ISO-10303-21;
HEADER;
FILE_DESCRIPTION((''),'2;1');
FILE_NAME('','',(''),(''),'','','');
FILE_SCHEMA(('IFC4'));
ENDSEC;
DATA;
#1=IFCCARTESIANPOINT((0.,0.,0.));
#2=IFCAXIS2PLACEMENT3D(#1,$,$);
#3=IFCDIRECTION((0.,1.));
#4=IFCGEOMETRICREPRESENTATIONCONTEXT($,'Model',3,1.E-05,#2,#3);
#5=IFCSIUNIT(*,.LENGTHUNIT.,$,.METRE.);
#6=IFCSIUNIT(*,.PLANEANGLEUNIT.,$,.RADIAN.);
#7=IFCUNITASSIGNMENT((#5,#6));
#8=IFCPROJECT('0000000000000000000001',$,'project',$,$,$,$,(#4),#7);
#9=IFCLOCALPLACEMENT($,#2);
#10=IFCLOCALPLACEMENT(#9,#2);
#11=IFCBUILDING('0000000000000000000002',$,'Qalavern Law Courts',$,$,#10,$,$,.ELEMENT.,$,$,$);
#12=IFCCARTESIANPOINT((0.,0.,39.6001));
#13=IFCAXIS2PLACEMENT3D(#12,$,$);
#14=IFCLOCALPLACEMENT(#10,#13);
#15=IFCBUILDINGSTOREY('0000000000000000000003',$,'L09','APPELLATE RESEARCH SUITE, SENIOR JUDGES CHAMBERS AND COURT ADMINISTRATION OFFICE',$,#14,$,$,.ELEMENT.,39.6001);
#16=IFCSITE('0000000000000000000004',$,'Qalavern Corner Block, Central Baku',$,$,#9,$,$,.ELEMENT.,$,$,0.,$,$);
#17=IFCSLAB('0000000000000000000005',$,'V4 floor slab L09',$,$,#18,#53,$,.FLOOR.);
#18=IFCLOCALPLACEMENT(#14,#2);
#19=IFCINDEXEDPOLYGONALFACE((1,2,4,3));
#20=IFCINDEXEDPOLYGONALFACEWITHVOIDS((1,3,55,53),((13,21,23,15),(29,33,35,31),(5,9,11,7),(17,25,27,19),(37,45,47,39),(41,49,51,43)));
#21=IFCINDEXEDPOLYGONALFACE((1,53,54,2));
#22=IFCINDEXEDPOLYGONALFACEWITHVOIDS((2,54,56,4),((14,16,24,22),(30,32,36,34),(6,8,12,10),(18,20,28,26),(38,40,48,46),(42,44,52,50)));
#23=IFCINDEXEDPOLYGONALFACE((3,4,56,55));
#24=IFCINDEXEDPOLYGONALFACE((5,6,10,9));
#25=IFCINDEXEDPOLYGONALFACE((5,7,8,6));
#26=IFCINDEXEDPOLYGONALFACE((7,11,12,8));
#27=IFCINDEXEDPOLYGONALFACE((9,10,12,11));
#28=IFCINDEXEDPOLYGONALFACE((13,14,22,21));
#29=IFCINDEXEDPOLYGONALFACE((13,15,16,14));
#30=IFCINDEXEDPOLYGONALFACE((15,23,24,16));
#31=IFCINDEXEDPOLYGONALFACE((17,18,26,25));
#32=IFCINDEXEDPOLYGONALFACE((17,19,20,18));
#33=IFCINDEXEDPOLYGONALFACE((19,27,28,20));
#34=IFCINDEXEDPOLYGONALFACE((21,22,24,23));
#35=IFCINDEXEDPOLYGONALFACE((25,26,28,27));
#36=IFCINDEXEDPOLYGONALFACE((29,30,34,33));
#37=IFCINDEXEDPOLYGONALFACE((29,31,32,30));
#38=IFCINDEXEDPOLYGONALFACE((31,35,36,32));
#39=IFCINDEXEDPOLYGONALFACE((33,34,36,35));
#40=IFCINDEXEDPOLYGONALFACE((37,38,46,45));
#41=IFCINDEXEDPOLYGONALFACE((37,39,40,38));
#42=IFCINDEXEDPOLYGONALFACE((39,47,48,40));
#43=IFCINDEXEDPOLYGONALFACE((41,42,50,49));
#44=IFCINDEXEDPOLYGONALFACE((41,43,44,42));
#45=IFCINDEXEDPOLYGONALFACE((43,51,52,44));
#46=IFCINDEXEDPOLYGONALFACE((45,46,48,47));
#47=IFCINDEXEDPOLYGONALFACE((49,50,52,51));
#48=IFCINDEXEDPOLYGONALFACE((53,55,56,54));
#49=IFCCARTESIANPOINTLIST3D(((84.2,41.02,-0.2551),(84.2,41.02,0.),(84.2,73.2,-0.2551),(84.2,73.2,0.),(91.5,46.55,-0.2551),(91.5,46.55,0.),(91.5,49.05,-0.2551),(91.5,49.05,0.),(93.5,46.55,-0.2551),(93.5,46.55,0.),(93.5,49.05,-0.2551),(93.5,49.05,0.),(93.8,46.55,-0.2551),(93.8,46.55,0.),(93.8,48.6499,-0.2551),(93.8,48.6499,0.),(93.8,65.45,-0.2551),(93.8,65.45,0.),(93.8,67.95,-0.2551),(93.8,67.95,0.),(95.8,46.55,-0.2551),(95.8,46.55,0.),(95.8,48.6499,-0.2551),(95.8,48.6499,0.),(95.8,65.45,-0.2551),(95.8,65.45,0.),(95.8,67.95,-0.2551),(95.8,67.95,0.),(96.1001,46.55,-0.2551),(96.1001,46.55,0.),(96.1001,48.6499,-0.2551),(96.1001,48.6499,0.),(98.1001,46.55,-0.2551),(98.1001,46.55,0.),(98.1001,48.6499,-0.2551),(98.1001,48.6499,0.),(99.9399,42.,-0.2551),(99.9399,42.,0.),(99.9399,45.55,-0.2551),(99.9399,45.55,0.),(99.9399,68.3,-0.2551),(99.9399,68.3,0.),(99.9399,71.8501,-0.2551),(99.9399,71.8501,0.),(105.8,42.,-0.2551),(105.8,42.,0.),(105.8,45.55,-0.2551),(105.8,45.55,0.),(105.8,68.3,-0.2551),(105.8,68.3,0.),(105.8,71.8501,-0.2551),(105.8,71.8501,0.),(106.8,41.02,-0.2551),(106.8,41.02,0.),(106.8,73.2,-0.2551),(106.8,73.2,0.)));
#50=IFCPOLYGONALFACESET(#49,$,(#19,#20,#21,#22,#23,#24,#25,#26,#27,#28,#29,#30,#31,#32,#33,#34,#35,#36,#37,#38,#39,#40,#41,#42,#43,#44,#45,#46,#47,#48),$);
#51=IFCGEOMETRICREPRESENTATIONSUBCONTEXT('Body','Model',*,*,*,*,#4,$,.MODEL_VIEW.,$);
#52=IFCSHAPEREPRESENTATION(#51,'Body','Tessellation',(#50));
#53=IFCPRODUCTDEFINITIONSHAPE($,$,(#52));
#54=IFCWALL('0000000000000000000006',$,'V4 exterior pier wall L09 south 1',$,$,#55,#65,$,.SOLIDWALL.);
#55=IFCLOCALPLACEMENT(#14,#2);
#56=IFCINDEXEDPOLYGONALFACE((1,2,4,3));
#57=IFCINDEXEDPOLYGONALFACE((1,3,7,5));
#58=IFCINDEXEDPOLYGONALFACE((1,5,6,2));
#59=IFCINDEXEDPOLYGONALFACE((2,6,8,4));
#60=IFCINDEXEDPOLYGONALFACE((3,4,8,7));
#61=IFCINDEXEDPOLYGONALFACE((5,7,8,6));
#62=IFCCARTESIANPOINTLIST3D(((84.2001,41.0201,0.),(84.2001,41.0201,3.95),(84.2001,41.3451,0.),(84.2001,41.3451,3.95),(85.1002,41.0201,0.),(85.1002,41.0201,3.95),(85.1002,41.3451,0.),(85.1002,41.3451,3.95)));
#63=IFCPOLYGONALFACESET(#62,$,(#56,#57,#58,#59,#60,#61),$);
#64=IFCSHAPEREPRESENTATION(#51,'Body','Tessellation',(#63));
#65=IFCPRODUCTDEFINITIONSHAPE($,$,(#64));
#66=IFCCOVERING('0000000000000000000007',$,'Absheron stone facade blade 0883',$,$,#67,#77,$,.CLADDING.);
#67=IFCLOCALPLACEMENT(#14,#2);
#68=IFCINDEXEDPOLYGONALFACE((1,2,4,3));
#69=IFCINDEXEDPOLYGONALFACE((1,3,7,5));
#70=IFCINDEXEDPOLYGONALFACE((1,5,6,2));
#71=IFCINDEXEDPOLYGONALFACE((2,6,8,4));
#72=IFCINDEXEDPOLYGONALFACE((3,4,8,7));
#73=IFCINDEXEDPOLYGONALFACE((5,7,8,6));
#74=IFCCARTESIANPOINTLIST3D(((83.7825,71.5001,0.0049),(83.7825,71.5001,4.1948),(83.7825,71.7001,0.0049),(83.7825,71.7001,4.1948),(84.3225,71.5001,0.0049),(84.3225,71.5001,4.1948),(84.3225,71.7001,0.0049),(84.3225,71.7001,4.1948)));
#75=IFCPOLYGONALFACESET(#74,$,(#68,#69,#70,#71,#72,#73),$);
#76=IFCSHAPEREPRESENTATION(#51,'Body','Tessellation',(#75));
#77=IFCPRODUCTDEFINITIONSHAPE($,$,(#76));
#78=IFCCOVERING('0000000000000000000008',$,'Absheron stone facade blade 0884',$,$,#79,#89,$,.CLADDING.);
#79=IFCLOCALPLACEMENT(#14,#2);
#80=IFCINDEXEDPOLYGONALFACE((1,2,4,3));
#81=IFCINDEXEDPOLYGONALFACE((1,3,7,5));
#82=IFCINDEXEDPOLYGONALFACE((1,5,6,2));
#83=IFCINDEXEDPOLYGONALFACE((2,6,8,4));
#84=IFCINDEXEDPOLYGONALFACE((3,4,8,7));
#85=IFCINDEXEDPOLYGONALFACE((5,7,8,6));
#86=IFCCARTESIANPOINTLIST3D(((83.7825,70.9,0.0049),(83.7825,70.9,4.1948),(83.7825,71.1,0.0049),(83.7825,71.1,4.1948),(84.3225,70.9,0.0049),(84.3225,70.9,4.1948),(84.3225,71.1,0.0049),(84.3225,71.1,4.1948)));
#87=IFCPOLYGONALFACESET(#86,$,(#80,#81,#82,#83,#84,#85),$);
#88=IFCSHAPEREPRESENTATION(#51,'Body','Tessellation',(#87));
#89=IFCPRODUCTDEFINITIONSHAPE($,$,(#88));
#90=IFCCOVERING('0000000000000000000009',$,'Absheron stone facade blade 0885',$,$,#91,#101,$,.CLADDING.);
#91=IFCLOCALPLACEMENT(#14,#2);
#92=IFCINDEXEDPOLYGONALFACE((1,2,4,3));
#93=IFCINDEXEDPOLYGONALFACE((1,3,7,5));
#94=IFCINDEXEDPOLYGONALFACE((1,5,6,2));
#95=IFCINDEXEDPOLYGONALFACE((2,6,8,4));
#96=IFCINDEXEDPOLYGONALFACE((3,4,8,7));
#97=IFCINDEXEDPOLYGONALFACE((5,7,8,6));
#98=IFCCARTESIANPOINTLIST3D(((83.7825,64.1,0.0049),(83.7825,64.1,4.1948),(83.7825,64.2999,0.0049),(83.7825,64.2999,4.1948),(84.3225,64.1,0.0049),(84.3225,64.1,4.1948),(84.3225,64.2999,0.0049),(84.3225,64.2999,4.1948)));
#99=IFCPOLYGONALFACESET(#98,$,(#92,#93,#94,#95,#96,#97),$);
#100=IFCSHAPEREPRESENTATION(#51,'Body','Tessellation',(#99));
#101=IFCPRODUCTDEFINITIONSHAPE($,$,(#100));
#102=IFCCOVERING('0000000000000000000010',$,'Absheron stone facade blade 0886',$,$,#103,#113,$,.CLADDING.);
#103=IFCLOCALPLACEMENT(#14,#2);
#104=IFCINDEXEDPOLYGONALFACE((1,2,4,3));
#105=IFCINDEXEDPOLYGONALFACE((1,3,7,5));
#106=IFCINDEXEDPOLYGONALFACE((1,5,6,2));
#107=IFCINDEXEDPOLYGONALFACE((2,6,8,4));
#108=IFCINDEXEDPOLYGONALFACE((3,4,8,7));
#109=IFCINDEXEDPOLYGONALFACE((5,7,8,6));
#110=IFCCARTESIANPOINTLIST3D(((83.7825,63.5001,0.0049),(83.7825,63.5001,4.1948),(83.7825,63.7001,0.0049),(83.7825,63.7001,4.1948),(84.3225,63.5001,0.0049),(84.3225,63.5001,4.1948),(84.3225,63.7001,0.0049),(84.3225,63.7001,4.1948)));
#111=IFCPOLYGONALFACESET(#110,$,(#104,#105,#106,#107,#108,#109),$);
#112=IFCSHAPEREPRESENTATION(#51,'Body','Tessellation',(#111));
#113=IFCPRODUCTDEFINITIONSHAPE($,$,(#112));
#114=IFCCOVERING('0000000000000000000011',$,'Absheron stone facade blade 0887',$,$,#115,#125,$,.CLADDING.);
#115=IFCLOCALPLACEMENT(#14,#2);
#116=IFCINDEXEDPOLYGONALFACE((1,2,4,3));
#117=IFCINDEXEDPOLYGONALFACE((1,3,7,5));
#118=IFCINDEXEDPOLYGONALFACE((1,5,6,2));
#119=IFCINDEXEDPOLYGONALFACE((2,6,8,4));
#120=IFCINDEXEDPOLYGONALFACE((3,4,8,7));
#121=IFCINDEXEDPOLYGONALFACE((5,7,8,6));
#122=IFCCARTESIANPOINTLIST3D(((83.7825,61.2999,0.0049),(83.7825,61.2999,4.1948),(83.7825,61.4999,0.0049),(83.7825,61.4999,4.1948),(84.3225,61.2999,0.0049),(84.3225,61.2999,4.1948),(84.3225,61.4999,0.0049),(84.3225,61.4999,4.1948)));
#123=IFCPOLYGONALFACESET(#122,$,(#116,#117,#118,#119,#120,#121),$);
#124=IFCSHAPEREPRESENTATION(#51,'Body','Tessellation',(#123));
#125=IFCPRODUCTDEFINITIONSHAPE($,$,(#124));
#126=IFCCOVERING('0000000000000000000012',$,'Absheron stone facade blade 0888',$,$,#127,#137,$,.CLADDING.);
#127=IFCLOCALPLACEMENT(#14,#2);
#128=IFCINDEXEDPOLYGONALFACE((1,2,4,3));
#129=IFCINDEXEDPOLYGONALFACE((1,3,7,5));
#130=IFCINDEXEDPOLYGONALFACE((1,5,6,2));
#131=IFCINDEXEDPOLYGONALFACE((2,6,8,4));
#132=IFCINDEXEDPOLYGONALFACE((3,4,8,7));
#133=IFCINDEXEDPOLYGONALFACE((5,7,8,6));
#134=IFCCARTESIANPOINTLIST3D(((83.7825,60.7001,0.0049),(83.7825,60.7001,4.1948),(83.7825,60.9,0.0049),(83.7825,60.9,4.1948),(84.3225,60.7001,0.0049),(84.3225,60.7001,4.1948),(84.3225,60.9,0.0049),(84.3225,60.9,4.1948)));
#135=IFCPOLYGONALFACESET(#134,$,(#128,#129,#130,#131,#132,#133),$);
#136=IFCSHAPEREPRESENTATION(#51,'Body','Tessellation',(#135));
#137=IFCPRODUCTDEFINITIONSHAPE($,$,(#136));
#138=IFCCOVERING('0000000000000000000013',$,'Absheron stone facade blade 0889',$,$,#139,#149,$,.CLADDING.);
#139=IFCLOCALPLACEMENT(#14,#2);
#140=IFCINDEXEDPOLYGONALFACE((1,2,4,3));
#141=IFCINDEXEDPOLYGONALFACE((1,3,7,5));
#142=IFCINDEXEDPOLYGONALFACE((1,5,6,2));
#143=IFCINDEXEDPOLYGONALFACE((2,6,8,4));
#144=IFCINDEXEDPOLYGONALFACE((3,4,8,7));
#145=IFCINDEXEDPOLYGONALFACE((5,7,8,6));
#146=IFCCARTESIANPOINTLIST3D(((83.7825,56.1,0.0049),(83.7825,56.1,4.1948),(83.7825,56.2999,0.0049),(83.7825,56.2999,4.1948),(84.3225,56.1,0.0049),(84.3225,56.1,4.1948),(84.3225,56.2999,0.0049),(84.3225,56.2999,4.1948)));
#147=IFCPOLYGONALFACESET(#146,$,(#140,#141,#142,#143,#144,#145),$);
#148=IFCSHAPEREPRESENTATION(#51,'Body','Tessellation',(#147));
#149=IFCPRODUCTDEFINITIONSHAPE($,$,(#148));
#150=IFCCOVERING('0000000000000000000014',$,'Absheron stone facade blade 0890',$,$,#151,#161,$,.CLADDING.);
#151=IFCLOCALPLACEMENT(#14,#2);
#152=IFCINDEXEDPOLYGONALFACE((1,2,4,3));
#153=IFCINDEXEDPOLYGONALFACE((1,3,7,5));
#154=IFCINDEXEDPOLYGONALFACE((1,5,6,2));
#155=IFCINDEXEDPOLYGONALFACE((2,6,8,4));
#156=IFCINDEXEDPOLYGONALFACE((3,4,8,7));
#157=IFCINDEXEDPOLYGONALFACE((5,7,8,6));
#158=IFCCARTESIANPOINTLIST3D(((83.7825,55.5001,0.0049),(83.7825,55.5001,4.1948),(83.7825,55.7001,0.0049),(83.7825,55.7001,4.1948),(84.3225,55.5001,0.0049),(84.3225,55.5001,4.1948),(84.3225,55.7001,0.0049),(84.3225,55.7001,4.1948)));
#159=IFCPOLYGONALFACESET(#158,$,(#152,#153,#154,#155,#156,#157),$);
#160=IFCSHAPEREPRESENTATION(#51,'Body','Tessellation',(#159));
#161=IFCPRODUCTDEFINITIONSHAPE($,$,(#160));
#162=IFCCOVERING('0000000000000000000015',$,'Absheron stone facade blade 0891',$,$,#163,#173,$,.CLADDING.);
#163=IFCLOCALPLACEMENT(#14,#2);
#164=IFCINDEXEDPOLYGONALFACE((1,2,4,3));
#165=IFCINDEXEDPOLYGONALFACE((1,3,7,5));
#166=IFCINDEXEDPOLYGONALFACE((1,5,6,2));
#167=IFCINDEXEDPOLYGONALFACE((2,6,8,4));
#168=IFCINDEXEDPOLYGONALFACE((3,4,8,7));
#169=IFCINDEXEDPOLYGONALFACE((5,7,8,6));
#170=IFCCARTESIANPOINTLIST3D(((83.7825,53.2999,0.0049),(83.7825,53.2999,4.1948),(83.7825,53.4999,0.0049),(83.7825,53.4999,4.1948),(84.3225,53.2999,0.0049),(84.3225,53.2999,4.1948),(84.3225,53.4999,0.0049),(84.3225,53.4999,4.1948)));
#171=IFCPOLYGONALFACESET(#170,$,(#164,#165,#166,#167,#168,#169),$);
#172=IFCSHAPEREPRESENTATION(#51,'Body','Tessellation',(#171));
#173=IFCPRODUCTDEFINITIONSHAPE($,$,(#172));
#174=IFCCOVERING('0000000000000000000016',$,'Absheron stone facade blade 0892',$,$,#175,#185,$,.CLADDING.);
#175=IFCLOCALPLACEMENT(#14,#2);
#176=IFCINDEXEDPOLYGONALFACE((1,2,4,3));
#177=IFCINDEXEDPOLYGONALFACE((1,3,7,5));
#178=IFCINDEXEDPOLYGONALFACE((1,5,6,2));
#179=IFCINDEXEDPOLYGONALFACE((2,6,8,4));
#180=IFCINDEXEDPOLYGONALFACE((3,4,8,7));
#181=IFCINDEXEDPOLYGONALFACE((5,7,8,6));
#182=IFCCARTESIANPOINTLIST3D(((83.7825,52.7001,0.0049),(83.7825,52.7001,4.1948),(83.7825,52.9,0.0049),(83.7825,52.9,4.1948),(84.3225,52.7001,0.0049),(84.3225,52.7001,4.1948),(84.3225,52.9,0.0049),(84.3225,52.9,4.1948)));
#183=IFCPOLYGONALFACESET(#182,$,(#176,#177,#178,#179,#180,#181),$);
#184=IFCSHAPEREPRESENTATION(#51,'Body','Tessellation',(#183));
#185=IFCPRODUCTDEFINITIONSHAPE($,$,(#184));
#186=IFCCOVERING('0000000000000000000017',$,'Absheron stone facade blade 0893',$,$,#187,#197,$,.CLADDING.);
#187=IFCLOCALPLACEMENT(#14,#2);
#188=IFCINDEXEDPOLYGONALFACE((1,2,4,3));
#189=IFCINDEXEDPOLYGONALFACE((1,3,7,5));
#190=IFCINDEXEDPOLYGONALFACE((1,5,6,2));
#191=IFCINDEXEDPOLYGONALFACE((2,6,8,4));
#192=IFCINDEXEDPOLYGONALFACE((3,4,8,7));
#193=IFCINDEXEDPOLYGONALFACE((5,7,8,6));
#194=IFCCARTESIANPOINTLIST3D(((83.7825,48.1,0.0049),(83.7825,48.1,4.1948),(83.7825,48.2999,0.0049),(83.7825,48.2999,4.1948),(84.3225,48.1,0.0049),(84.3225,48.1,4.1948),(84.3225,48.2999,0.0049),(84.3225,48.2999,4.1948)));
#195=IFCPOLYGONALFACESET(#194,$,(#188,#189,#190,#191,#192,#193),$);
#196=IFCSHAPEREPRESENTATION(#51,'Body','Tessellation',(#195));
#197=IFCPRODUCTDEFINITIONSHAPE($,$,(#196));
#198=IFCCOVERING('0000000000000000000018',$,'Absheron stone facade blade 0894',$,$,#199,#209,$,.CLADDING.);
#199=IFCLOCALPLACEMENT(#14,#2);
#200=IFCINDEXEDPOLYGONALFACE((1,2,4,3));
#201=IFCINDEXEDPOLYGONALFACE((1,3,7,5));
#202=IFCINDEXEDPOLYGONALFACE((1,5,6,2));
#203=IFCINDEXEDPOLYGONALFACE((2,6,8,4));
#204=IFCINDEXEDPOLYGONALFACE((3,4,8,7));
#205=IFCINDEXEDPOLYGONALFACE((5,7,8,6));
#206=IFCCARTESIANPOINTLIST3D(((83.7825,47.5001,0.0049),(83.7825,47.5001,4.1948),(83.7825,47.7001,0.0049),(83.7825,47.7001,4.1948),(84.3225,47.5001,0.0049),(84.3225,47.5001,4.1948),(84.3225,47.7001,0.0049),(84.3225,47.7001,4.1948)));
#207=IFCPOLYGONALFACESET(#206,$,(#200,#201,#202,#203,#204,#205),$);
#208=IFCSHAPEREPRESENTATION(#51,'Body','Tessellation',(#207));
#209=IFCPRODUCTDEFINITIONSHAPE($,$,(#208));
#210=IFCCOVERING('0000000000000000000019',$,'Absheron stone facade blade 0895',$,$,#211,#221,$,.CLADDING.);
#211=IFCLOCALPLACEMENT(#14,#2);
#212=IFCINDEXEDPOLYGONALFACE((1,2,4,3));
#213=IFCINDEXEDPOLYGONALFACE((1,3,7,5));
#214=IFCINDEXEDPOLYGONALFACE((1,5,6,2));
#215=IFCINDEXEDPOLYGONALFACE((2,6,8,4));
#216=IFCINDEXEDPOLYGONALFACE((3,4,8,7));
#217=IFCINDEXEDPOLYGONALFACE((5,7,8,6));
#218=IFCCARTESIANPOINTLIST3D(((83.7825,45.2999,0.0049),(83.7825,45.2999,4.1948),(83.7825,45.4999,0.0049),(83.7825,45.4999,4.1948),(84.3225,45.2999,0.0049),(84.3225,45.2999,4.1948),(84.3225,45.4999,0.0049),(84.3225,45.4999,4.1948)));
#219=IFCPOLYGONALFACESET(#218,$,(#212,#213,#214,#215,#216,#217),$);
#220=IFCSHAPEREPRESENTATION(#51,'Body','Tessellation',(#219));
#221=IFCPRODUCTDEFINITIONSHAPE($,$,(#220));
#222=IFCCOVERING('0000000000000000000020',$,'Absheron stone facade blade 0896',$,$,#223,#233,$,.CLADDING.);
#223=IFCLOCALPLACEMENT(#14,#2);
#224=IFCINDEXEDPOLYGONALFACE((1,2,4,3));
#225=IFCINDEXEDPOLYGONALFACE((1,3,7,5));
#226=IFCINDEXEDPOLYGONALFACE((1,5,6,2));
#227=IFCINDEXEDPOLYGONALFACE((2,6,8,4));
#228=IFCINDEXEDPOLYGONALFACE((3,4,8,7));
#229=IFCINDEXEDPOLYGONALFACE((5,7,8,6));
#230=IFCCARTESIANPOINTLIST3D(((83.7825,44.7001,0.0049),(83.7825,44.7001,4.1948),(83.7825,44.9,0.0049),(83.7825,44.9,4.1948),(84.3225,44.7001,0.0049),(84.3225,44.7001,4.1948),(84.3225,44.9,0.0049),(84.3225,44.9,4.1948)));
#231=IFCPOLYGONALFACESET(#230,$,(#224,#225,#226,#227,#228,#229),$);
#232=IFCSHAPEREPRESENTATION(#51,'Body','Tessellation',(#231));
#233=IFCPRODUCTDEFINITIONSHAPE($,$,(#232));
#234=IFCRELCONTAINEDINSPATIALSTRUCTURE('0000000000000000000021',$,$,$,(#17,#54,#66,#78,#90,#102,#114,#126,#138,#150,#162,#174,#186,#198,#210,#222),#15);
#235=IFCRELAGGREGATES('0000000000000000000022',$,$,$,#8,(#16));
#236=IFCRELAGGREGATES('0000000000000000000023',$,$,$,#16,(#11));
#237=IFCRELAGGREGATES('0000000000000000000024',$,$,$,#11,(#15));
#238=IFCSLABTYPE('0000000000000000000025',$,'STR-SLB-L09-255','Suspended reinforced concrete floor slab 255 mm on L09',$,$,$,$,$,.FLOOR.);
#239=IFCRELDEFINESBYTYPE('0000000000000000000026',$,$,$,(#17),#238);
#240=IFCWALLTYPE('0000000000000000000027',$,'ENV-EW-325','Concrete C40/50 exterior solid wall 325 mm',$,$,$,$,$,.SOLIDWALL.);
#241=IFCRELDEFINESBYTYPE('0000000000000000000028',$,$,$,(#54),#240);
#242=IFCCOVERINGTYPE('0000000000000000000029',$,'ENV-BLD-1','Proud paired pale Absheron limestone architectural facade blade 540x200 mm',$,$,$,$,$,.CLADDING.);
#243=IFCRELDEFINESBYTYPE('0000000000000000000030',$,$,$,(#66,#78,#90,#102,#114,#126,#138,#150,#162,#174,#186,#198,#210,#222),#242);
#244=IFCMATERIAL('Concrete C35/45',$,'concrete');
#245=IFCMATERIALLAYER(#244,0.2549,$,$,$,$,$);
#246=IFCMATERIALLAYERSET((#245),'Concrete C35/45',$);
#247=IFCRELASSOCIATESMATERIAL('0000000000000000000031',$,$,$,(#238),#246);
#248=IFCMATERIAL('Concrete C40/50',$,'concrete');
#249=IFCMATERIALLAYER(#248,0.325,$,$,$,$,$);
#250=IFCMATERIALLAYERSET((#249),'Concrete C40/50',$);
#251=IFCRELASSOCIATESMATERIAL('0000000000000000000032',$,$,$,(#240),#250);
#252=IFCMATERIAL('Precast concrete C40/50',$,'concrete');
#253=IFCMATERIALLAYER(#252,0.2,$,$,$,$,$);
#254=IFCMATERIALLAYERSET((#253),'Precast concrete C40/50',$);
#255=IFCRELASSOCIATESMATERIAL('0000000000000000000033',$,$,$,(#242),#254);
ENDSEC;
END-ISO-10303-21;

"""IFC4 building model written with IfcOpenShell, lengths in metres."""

from ifc_helpers import new_model, si_unit, direction, frame, frame_2d, origin, origin_2d, place, context, subcontext, project, spatial, polyline, rectangle, outline, extrude, material, layer, layer_set, type_object, element, save


model = new_model("IFC4")

# Units and contexts
model_context = context("Model", 3, precision=1e-05, world=origin(), true_north=direction((0.0, 1.0)))
body_context = subcontext(model_context, "Body", "Model", "MODEL_VIEW")
ifc_project = project(units=[si_unit("LENGTHUNIT", "METRE"), si_unit("PLANEANGLEUNIT", "RADIAN")], contexts=[model_context])

# Site, building, storey
site_placement = place(None, origin())
site = spatial("IfcSite", under=ifc_project, at=site_placement, Name="Qalavern Corner Block, Central Baku", CompositionType="ELEMENT", RefElevation=0.0)
building_placement = place(site_placement, origin())
building = spatial("IfcBuilding", under=site, at=building_placement, Name="Qalavern Law Courts", CompositionType="ELEMENT")
storey_placement = place(building_placement, frame((0.0, 0.0, 39.6001)))
storey = spatial("IfcBuildingStorey", under=building, at=storey_placement, Name="L09", Description="APPELLATE RESEARCH SUITE, SENIOR JUDGES CHAMBERS AND COURT ADMINISTRATION OFFICE", CompositionType="ELEMENT", Elevation=39.6001)

# Slab
ifc_material_1 = material(Name="Concrete C35/45", Category="concrete")
ifc_layer_1 = layer(ifc_material_1, 0.2549)
ifc_layer_set_1 = layer_set([ifc_layer_1], Name="Concrete C35/45")
slab_type = type_object("IfcSlabType", Name="STR-SLB-L09-255", Description="Suspended reinforced concrete floor slab 255 mm on L09", PredefinedType="FLOOR", material=ifc_layer_set_1)
slab_placement = place(storey_placement, frame((0.0, 0.0, -0.2551)))
element("IfcSlab", 1, at=slab_placement, inside=storey, type_object=slab_type, Name="V4 floor slab L09", PredefinedType="FLOOR", context=body_context, shape_type="SweptSolid", body=[
    extrude(outline(polyline([(84.2, 41.02), (106.8, 41.02), (106.8, 73.2), (84.2, 73.2), (84.2, 41.02)]), holes=[polyline([(99.9399, 42.0), (105.8, 42.0), (105.8, 45.55), (99.9399, 45.55), (99.9399, 42.0)]), polyline([(91.5, 46.55), (93.5, 46.55), (93.5, 49.05), (91.5, 49.05), (91.5, 46.55)]), polyline([(93.8, 46.55), (95.8, 46.55), (95.8, 48.6499), (93.8, 48.6499), (93.8, 46.55)]), polyline([(96.1001, 46.55), (98.1001, 46.55), (98.1001, 48.6499), (96.1001, 48.6499), (96.1001, 46.55)]), polyline([(99.9399, 68.3), (105.8, 68.3), (105.8, 71.8501), (99.9399, 71.8501), (99.9399, 68.3)]), polyline([(93.8, 65.45), (95.8, 65.45), (95.8, 67.95), (93.8, 67.95), (93.8, 65.45)])]), origin(), (0.0, 0.0, 1.0), 0.2551),
])

# Wall
ifc_material_2 = material(Name="Concrete C40/50", Category="concrete")
ifc_layer_2 = layer(ifc_material_2, 0.325)
ifc_layer_set_2 = layer_set([ifc_layer_2], Name="Concrete C40/50")
wall_type = type_object("IfcWallType", Name="ENV-EW-325", Description="Concrete C40/50 exterior solid wall 325 mm", PredefinedType="SOLIDWALL", material=ifc_layer_set_2)
wall_placement = place(storey_placement, frame((84.2, 41.1826, 0.0), z_axis=(0.0, 0.0, 1.0), x_axis=(1.0, 0.0, 0.0)))
element("IfcWall", 2, at=wall_placement, inside=storey, type_object=wall_type, Name="V4 exterior pier wall L09 south 1", PredefinedType="SOLIDWALL", context=body_context, shape_type="SweptSolid", body=[
    extrude(rectangle(XDim=0.9001, YDim=0.325, at=frame_2d((0.4502, 0.0))), origin(), (0.0, 0.0, 1.0), 3.95),
])

# Coverings
ifc_material_3 = material(Name="Precast concrete C40/50", Category="concrete")
ifc_layer_3 = layer(ifc_material_3, 0.2)
ifc_layer_set_3 = layer_set([ifc_layer_3], Name="Precast concrete C40/50")
covering_type_1 = type_object("IfcCoveringType", Name="ENV-BLD-1", Description="Proud paired pale Absheron limestone architectural facade blade 540x200 mm", PredefinedType="CLADDING", material=ifc_layer_set_3)
for number, where, z_axis, x_axis, name in (
    (3, (84.0525, 71.6001, 0.0049), (0.0, 0.0, 1.0), (-1.0, 0.0, 0.0), "Absheron stone facade blade 0883"),
    (4, (84.0525, 71.0, 0.0049), (0.0, 0.0, 1.0), (-1.0, 0.0, 0.0), "Absheron stone facade blade 0884"),
    (5, (84.0525, 64.2, 0.0049), (0.0, 0.0, 1.0), (-1.0, 0.0, 0.0), "Absheron stone facade blade 0885"),
    (6, (84.0525, 63.6001, 0.0049), (0.0, 0.0, 1.0), (-1.0, 0.0, 0.0), "Absheron stone facade blade 0886"),
    (7, (84.0525, 61.3999, 0.0049), (0.0, 0.0, 1.0), (-1.0, 0.0, 0.0), "Absheron stone facade blade 0887"),
    (8, (84.0525, 60.8, 0.0049), (0.0, 0.0, 1.0), (-1.0, 0.0, 0.0), "Absheron stone facade blade 0888"),
    (9, (84.0525, 56.2, 0.0049), (0.0, 0.0, 1.0), (-1.0, 0.0, 0.0), "Absheron stone facade blade 0889"),
    (10, (84.0525, 55.6001, 0.0049), (0.0, 0.0, 1.0), (-1.0, 0.0, 0.0), "Absheron stone facade blade 0890"),
    (11, (84.0525, 53.3999, 0.0049), (0.0, 0.0, 1.0), (-1.0, 0.0, 0.0), "Absheron stone facade blade 0891"),
    (12, (84.0525, 52.8, 0.0049), (0.0, 0.0, 1.0), (-1.0, 0.0, 0.0), "Absheron stone facade blade 0892"),
    (13, (84.0525, 48.2, 0.0049), (0.0, 0.0, 1.0), (-1.0, 0.0, 0.0), "Absheron stone facade blade 0893"),
    (14, (84.0525, 47.6001, 0.0049), (0.0, 0.0, 1.0), (-1.0, 0.0, 0.0), "Absheron stone facade blade 0894"),
    (15, (84.0525, 45.3999, 0.0049), (0.0, 0.0, 1.0), (-1.0, 0.0, 0.0), "Absheron stone facade blade 0895"),
    (16, (84.0525, 44.8, 0.0049), (0.0, 0.0, 1.0), (-1.0, 0.0, 0.0), "Absheron stone facade blade 0896"),
):
    element("IfcCovering", number, at=place(storey_placement, frame(where, z_axis=z_axis, x_axis=x_axis)), inside=storey, type_object=covering_type_1, Name=name, PredefinedType="CLADDING", context=body_context, shape_type="SweptSolid", body=[
        extrude(rectangle(XDim=0.54, YDim=0.2, at=origin_2d()), origin(), (0.0, 0.0, 1.0), 4.1899),
    ])

save(model, "model.ifc")
